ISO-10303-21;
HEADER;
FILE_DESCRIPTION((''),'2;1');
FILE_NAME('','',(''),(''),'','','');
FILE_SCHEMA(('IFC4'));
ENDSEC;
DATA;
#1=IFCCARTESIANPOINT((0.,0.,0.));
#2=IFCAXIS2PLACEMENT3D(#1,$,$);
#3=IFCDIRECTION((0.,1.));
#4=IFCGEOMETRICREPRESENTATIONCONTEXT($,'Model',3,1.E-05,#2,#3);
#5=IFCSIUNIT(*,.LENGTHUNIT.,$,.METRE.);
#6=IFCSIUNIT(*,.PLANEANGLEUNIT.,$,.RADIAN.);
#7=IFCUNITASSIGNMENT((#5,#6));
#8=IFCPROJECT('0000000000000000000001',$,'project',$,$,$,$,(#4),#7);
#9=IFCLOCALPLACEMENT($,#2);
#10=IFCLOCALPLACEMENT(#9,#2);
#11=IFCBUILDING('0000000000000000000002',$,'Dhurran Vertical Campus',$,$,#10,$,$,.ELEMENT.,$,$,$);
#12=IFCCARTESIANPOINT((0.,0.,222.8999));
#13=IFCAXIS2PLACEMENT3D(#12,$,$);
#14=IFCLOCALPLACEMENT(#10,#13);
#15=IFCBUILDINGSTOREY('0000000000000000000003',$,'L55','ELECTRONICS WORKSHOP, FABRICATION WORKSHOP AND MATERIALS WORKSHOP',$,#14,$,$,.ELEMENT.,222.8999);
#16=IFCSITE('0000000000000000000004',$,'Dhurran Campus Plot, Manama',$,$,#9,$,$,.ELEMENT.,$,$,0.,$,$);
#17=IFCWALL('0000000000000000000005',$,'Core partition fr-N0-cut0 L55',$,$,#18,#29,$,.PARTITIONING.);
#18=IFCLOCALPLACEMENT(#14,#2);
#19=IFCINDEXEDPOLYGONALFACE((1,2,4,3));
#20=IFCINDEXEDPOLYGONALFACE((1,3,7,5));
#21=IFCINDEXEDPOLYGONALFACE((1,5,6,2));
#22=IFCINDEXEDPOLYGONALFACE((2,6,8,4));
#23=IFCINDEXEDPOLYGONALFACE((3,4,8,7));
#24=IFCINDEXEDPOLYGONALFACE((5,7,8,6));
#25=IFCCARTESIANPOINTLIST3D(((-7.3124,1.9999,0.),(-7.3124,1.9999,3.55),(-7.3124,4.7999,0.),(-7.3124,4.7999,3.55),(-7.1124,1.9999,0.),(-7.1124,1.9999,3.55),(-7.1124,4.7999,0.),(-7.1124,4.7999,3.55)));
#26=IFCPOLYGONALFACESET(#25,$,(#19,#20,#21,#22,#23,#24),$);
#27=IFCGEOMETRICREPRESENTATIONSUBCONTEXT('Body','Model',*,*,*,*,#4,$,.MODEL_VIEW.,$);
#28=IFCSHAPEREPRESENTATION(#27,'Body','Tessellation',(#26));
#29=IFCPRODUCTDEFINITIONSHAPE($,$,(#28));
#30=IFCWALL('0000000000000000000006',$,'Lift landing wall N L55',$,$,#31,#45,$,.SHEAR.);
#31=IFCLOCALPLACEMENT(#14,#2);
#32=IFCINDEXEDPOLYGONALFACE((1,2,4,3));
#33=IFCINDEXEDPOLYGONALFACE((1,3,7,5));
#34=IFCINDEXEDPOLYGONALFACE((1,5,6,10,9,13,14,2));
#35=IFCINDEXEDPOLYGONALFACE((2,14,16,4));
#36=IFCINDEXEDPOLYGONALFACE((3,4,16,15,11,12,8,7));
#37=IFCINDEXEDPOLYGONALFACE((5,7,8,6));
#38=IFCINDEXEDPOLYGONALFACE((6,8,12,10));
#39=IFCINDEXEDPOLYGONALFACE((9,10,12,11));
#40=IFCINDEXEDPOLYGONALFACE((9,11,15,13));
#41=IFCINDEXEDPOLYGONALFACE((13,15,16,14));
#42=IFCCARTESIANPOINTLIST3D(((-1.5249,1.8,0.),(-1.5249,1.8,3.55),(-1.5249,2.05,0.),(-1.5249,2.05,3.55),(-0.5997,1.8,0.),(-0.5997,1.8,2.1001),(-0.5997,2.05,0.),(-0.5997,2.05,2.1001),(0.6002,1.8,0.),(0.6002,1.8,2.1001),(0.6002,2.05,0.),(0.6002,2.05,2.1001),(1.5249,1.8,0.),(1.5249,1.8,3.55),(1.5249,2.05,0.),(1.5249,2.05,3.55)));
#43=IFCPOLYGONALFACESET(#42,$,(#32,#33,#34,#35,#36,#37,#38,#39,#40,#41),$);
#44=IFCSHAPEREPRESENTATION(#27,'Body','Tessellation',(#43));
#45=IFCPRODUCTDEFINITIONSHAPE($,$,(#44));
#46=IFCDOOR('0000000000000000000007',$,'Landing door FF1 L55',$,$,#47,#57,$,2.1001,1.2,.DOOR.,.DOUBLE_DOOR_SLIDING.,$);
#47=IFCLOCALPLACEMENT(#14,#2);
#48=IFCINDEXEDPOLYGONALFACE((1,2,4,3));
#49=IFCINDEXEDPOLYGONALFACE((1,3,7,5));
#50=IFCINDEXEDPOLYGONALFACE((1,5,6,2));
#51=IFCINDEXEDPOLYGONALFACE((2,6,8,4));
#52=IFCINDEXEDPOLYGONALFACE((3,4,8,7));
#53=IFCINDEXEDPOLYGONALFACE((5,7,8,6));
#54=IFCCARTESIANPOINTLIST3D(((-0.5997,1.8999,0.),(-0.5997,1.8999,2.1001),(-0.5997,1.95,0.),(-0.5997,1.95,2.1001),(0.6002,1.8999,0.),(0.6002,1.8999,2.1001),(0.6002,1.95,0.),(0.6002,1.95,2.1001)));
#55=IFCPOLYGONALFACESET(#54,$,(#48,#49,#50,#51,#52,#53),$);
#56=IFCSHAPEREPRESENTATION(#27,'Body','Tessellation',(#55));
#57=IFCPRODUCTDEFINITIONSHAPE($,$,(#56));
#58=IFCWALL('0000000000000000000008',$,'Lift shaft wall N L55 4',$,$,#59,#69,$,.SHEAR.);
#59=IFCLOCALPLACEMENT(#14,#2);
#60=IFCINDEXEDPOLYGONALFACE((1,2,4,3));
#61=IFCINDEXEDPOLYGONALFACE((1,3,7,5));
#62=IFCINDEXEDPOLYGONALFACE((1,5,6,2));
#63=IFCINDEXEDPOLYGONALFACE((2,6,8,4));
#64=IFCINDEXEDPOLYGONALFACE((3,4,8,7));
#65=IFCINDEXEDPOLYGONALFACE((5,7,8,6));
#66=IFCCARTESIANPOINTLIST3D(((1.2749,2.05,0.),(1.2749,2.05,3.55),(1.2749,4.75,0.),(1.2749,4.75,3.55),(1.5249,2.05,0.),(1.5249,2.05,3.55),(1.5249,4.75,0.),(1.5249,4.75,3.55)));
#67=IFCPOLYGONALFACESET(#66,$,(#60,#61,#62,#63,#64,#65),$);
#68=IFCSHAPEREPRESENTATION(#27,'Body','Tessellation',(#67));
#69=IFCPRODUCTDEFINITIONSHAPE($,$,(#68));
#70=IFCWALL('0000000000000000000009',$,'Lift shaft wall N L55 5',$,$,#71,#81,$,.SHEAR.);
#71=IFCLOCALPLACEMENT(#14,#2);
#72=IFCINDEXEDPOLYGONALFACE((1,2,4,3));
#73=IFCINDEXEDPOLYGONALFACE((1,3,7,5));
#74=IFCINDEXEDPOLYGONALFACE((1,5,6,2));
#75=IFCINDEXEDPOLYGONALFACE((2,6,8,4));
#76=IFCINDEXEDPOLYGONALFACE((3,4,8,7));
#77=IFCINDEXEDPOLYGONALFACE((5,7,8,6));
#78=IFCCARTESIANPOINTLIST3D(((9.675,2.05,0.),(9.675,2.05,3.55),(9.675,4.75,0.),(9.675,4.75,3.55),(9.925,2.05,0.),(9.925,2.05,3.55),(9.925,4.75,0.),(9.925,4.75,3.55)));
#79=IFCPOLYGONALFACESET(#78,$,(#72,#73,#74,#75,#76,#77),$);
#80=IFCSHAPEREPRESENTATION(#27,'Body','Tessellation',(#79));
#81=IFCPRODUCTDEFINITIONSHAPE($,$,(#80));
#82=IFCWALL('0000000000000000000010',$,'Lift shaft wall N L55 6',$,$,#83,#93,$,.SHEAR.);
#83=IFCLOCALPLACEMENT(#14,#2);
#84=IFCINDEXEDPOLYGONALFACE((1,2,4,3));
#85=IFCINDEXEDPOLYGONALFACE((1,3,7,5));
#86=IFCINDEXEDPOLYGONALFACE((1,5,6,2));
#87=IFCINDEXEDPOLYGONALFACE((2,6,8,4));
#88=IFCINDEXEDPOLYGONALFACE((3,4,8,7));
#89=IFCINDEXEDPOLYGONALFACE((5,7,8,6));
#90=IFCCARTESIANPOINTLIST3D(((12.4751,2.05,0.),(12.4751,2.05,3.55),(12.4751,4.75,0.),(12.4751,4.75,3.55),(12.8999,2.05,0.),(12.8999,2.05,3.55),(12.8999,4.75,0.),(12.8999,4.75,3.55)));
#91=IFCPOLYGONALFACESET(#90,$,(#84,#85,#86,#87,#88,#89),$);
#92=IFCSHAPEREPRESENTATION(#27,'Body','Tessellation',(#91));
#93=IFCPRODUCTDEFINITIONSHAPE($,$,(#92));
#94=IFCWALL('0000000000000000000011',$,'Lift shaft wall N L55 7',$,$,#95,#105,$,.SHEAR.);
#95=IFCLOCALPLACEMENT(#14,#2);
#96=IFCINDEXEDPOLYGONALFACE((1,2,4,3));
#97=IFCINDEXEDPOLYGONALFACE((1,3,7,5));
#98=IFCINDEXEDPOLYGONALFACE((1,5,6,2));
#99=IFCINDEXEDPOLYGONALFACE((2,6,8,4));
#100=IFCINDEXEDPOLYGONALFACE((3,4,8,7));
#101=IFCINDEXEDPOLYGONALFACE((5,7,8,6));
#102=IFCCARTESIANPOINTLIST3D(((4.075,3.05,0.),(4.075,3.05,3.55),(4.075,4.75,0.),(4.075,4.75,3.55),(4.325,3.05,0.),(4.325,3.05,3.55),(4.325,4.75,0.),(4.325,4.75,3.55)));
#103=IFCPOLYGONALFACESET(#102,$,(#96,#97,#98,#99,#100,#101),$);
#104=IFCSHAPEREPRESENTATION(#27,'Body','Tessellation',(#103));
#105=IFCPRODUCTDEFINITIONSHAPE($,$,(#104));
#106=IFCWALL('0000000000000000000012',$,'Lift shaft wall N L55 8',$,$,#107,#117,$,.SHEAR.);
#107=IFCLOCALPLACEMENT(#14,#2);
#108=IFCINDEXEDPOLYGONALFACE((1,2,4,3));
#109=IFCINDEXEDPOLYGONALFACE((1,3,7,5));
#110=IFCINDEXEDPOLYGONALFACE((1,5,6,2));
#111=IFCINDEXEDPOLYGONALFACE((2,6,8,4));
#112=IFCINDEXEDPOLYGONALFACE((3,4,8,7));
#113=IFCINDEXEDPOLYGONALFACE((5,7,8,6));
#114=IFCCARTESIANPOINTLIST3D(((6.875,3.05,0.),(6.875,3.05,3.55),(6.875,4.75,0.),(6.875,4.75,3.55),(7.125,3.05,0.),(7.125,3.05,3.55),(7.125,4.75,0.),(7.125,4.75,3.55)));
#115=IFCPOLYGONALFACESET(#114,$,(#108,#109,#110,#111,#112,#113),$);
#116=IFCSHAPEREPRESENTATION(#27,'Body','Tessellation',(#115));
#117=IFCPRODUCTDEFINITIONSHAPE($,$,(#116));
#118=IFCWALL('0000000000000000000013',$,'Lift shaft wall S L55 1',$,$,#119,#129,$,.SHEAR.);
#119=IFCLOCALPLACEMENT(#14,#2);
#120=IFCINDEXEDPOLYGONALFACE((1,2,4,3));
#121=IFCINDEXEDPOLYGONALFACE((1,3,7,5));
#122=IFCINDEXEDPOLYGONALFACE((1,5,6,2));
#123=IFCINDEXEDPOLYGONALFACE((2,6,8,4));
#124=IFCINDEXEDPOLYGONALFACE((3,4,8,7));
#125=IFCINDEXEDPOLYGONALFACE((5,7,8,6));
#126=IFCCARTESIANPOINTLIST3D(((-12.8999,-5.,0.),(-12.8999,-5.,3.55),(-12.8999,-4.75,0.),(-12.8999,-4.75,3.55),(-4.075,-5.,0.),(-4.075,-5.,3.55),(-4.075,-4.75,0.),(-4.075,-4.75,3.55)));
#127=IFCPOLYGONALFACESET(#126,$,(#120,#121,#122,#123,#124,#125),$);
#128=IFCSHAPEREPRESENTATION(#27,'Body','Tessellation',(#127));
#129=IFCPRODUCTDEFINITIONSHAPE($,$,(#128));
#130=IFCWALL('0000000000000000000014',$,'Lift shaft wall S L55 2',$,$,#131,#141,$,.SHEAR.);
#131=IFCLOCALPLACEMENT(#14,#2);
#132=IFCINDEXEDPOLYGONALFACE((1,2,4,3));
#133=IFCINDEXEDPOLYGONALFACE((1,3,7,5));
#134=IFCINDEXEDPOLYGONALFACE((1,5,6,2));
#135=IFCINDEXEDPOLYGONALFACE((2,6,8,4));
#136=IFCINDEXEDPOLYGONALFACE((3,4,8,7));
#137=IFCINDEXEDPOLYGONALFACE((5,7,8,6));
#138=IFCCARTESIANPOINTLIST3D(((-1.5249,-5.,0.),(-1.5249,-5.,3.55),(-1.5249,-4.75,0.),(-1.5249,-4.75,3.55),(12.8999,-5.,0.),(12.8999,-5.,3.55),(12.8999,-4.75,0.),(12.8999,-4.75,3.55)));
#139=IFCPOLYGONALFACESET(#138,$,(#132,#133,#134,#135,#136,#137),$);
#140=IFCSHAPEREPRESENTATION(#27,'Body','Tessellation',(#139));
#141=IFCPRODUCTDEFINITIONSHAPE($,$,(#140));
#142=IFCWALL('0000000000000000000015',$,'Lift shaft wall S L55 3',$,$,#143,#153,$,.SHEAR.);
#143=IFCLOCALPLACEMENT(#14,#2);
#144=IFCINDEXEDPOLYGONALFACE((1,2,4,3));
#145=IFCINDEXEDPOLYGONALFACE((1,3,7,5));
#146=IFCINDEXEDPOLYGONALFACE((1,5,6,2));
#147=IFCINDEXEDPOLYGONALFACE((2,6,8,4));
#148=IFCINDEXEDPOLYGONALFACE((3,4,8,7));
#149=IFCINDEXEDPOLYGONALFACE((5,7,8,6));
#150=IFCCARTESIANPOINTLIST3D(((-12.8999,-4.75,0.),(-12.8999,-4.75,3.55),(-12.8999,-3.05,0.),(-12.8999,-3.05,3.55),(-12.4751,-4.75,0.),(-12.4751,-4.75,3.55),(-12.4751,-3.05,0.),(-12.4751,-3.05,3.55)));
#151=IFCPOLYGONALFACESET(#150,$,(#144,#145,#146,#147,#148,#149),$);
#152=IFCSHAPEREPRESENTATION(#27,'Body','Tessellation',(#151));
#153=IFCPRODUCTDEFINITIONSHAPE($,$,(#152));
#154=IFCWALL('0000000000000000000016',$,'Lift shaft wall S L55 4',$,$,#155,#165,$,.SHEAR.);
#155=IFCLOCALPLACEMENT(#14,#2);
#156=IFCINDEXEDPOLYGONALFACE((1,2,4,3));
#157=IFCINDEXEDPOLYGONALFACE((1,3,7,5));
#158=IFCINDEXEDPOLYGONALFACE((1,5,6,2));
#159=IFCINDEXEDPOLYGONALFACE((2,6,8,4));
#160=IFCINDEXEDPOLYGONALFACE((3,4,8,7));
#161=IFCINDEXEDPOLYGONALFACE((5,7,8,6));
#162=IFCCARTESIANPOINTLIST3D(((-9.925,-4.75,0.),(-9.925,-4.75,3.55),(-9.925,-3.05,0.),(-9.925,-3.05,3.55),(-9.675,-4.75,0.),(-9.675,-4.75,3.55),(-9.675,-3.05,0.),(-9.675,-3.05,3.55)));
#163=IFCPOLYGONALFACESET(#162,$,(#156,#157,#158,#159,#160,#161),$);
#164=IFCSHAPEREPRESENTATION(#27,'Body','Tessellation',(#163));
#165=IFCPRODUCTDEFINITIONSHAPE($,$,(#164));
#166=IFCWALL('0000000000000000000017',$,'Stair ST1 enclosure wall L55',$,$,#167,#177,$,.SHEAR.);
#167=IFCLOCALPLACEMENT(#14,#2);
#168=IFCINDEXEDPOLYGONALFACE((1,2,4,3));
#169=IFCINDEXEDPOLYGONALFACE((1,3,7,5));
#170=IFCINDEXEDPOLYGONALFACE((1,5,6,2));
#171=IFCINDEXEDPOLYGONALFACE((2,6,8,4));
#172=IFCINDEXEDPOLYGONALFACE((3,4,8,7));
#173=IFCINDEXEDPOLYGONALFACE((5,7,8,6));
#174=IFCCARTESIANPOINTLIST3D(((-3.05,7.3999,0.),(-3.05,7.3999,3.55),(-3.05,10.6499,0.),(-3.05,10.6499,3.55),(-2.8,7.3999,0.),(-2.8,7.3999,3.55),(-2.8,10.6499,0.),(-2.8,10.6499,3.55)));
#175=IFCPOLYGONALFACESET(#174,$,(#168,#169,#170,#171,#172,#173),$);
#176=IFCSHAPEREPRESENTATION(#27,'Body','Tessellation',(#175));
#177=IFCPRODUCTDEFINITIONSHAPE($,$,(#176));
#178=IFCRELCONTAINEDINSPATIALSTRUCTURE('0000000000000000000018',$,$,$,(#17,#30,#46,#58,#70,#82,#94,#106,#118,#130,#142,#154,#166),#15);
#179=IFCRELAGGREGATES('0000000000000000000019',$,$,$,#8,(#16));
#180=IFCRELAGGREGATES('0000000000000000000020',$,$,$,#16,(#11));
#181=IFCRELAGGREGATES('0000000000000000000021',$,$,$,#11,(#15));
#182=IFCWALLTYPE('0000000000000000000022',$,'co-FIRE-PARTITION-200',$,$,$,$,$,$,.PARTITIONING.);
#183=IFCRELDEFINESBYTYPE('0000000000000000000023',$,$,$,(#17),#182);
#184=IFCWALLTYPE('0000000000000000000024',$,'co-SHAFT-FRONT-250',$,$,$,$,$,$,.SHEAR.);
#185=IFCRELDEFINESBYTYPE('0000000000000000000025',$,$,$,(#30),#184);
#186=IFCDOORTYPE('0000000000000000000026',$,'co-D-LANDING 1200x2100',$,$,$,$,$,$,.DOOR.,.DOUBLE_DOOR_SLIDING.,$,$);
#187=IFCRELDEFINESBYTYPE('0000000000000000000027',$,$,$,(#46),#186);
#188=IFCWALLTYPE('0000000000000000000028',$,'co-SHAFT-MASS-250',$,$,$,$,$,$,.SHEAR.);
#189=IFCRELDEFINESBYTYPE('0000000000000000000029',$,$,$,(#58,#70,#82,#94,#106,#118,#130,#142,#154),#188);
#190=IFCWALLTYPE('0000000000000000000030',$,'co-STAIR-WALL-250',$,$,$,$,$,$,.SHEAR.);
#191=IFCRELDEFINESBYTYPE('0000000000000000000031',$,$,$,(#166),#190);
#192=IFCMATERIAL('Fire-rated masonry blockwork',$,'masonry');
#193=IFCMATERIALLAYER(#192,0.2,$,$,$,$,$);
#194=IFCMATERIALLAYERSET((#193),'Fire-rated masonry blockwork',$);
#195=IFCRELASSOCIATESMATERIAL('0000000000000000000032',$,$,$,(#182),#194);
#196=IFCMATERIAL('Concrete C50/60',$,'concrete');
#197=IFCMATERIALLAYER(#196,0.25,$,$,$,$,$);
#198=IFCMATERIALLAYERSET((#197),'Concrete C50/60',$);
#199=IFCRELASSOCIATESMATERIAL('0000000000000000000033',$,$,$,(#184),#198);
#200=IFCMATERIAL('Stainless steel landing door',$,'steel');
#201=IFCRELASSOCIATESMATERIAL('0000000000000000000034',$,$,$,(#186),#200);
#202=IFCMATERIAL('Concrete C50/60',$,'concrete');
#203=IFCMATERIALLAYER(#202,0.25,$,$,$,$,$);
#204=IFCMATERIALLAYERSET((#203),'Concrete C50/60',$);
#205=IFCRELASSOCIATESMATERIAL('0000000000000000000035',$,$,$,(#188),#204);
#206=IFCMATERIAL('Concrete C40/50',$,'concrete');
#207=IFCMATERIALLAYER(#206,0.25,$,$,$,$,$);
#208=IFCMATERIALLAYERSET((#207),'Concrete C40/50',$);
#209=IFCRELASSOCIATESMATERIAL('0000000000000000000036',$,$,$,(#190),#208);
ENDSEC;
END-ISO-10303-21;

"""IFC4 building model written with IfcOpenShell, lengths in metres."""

from ifc_helpers import new_model, si_unit, direction, frame, frame_2d, origin, place, context, subcontext, project, spatial, polyline, rectangle, outline, extrude, material, layer, layer_set, type_object, element, fill, save


model = new_model("IFC4")

# Units and contexts
model_context = context("Model", 3, precision=1e-05, world=origin(), true_north=direction((0.0, 1.0)))
body_context = subcontext(model_context, "Body", "Model", "MODEL_VIEW")
ifc_project = project(units=[si_unit("LENGTHUNIT", "METRE"), si_unit("PLANEANGLEUNIT", "RADIAN")], contexts=[model_context])

# Site, building, storey
site_placement = place(None, origin())
site = spatial("IfcSite", under=ifc_project, at=site_placement, Name="Dhurran Campus Plot, Manama", CompositionType="ELEMENT", RefElevation=0.0)
building_placement = place(site_placement, origin())
building = spatial("IfcBuilding", under=site, at=building_placement, Name="Dhurran Vertical Campus", CompositionType="ELEMENT")
storey_placement = place(building_placement, frame((0.0, 0.0, 222.8999)))
storey = spatial("IfcBuildingStorey", under=building, at=storey_placement, Name="L55", Description="ELECTRONICS WORKSHOP, FABRICATION WORKSHOP AND MATERIALS WORKSHOP", CompositionType="ELEMENT", Elevation=222.8999)

# Shared definitions
ifc_material_1 = material(Name="Fire-rated masonry blockwork", Category="masonry")
ifc_layer_1 = layer(ifc_material_1, 0.2)
ifc_layer_set_1 = layer_set([ifc_layer_1], Name="Fire-rated masonry blockwork")
wall_type_1 = type_object("IfcWallType", Name="co-FIRE-PARTITION-200", PredefinedType="PARTITIONING", material=ifc_layer_set_1)

# Wall
wall_1_placement = place(storey_placement, frame((-7.2124, 2.0, 0.0), z_axis=(0.0, 0.0, 1.0), x_axis=(0.0, 1.0, 0.0)))
element("IfcWall", 1, at=wall_1_placement, inside=storey, type_object=wall_type_1, Name="Core partition fr-N0-cut0 L55", PredefinedType="PARTITIONING", context=body_context, shape_type="SweptSolid", body=[
    extrude(rectangle(XDim=2.8, YDim=0.2, at=frame_2d((1.3999, 0.0))), origin(), (0.0, 0.0, 1.0), 3.55),
])

# Wall, opening, door
ifc_material_2 = material(Name="Concrete C50/60", Category="concrete")
ifc_layer_2 = layer(ifc_material_2, 0.25)
ifc_layer_set_2 = layer_set([ifc_layer_2], Name="Concrete C50/60")
wall_type_2 = type_object("IfcWallType", Name="co-SHAFT-FRONT-250", PredefinedType="SHEAR", material=ifc_layer_set_2)
wall_2_placement = place(storey_placement, frame((-1.5249, 1.925, 0.0), z_axis=(0.0, 0.0, 1.0), x_axis=(1.0, 0.0, 0.0)))
wall_2 = element("IfcWall", 2, at=wall_2_placement, inside=storey, type_object=wall_type_2, Name="Lift landing wall N L55", PredefinedType="SHEAR", context=body_context, shape_type="SweptSolid", body=[
    extrude(rectangle(XDim=3.0498, YDim=0.25, at=frame_2d((1.5249, 0.0))), origin(), (0.0, 0.0, 1.0), 3.55),
])
opening_1_placement = place(wall_2_placement, frame((0.925, 0.0, 0.0)))
opening_1 = element("IfcOpeningElement", 3, at=opening_1_placement, cuts=wall_2, PredefinedType="OPENING", context=body_context, shape_type="SweptSolid", body=[
    extrude(rectangle(XDim=1.2, YDim=2.1001, at=frame_2d((0.6001, 1.05))), frame((0.0, 0.135, 0.0), z_axis=(0.0, -1.0, 0.0), x_axis=(1.0, 0.0, 0.0)), (0.0, 0.0, 1.0), 0.27),
])
ifc_material_3 = material(Name="Stainless steel landing door", Category="steel")
door_type_1 = type_object("IfcDoorType", Name="co-D-LANDING 1200x2100", OperationType="DOUBLE_DOOR_SLIDING", PredefinedType="DOOR", material=ifc_material_3)
door_1_placement = place(opening_1_placement, origin())
door_1 = element("IfcDoor", 4, at=door_1_placement, inside=storey, type_object=door_type_1, Name="Landing door FF1 L55", OperationType="DOUBLE_DOOR_SLIDING", OverallHeight=2.1001, OverallWidth=1.2, PredefinedType="DOOR", context=body_context, shape_type="SweptSolid", body=[
    extrude(rectangle(XDim=1.2, YDim=2.1001, at=frame_2d((0.6001, 1.05))), frame((0.0, 0.0249, 0.0), z_axis=(0.0, -1.0, 0.0), x_axis=(1.0, 0.0, 0.0)), (0.0, 0.0, 1.0), 0.05),
])
fill(opening_1, door_1)

# Walls
ifc_material_4 = material(Name="Concrete C50/60", Category="concrete")
ifc_layer_3 = layer(ifc_material_4, 0.25)
ifc_layer_set_3 = layer_set([ifc_layer_3], Name="Concrete C50/60")
wall_type_3 = type_object("IfcWallType", Name="co-SHAFT-MASS-250", PredefinedType="SHEAR", material=ifc_layer_set_3)
wall_3_placement = place(storey_placement, origin())
element("IfcWall", 5, at=wall_3_placement, inside=storey, type_object=wall_type_3, Name="Lift shaft wall N L55 4", PredefinedType="SHEAR", context=body_context, shape_type="SweptSolid", body=[
    extrude(outline(polyline([(1.2749, 2.05), (1.5249, 2.05), (1.5249, 4.75), (1.2749, 4.75), (1.2749, 2.05)])), origin(), (0.0, 0.0, 1.0), 3.55),
])
wall_4_placement = place(storey_placement, origin())
element("IfcWall", 6, at=wall_4_placement, inside=storey, type_object=wall_type_3, Name="Lift shaft wall N L55 5", PredefinedType="SHEAR", context=body_context, shape_type="SweptSolid", body=[
    extrude(outline(polyline([(9.675, 2.05), (9.925, 2.05), (9.925, 4.75), (9.675, 4.75), (9.675, 2.05)])), origin(), (0.0, 0.0, 1.0), 3.55),
])
wall_5_placement = place(storey_placement, origin())
element("IfcWall", 7, at=wall_5_placement, inside=storey, type_object=wall_type_3, Name="Lift shaft wall N L55 6", PredefinedType="SHEAR", context=body_context, shape_type="SweptSolid", body=[
    extrude(outline(polyline([(12.4751, 2.05), (12.8999, 2.05), (12.8999, 4.75), (12.4751, 4.75), (12.4751, 2.05)])), origin(), (0.0, 0.0, 1.0), 3.55),
])
wall_6_placement = place(storey_placement, origin())
element("IfcWall", 8, at=wall_6_placement, inside=storey, type_object=wall_type_3, Name="Lift shaft wall N L55 7", PredefinedType="SHEAR", context=body_context, shape_type="SweptSolid", body=[
    extrude(outline(polyline([(4.075, 3.05), (4.325, 3.05), (4.325, 4.75), (4.075, 4.75), (4.075, 3.05)])), origin(), (0.0, 0.0, 1.0), 3.55),
])
wall_7_placement = place(storey_placement, origin())
element("IfcWall", 9, at=wall_7_placement, inside=storey, type_object=wall_type_3, Name="Lift shaft wall N L55 8", PredefinedType="SHEAR", context=body_context, shape_type="SweptSolid", body=[
    extrude(outline(polyline([(6.875, 3.05), (7.125, 3.05), (7.125, 4.75), (6.875, 4.75), (6.875, 3.05)])), origin(), (0.0, 0.0, 1.0), 3.55),
])
wall_8_placement = place(storey_placement, origin())
element("IfcWall", 10, at=wall_8_placement, inside=storey, type_object=wall_type_3, Name="Lift shaft wall S L55 1", PredefinedType="SHEAR", context=body_context, shape_type="SweptSolid", body=[
    extrude(outline(polyline([(-12.8999, -5.0), (-4.075, -5.0), (-4.075, -4.75), (-12.8999, -4.75), (-12.8999, -5.0)])), origin(), (0.0, 0.0, 1.0), 3.55),
])
wall_9_placement = place(storey_placement, origin())
element("IfcWall", 11, at=wall_9_placement, inside=storey, type_object=wall_type_3, Name="Lift shaft wall S L55 2", PredefinedType="SHEAR", context=body_context, shape_type="SweptSolid", body=[
    extrude(outline(polyline([(-1.5249, -5.0), (12.8999, -5.0), (12.8999, -4.75), (-1.5249, -4.75), (-1.5249, -5.0)])), origin(), (0.0, 0.0, 1.0), 3.55),
])
wall_10_placement = place(storey_placement, origin())
element("IfcWall", 12, at=wall_10_placement, inside=storey, type_object=wall_type_3, Name="Lift shaft wall S L55 3", PredefinedType="SHEAR", context=body_context, shape_type="SweptSolid", body=[
    extrude(outline(polyline([(-12.8999, -4.75), (-12.4751, -4.75), (-12.4751, -3.05), (-12.8999, -3.05), (-12.8999, -4.75)])), origin(), (0.0, 0.0, 1.0), 3.55),
])
wall_11_placement = place(storey_placement, origin())
element("IfcWall", 13, at=wall_11_placement, inside=storey, type_object=wall_type_3, Name="Lift shaft wall S L55 4", PredefinedType="SHEAR", context=body_context, shape_type="SweptSolid", body=[
    extrude(outline(polyline([(-9.925, -4.75), (-9.675, -4.75), (-9.675, -3.05), (-9.925, -3.05), (-9.925, -4.75)])), origin(), (0.0, 0.0, 1.0), 3.55),
])
ifc_material_5 = material(Name="Concrete C40/50", Category="concrete")
ifc_layer_4 = layer(ifc_material_5, 0.25)
ifc_layer_set_4 = layer_set([ifc_layer_4], Name="Concrete C40/50")
wall_type_4 = type_object("IfcWallType", Name="co-STAIR-WALL-250", PredefinedType="SHEAR", material=ifc_layer_set_4)
wall_12_placement = place(storey_placement, frame((-2.925, 7.3999, 0.0), z_axis=(0.0, 0.0, 1.0), x_axis=(0.0, 1.0, 0.0)))
element("IfcWall", 14, at=wall_12_placement, inside=storey, type_object=wall_type_4, Name="Stair ST1 enclosure wall L55", PredefinedType="SHEAR", context=body_context, shape_type="SweptSolid", body=[
    extrude(rectangle(XDim=3.25, YDim=0.25, at=frame_2d((1.625, 0.0))), origin(), (0.0, 0.0, 1.0), 3.55),
])

save(model, "model.ifc")
